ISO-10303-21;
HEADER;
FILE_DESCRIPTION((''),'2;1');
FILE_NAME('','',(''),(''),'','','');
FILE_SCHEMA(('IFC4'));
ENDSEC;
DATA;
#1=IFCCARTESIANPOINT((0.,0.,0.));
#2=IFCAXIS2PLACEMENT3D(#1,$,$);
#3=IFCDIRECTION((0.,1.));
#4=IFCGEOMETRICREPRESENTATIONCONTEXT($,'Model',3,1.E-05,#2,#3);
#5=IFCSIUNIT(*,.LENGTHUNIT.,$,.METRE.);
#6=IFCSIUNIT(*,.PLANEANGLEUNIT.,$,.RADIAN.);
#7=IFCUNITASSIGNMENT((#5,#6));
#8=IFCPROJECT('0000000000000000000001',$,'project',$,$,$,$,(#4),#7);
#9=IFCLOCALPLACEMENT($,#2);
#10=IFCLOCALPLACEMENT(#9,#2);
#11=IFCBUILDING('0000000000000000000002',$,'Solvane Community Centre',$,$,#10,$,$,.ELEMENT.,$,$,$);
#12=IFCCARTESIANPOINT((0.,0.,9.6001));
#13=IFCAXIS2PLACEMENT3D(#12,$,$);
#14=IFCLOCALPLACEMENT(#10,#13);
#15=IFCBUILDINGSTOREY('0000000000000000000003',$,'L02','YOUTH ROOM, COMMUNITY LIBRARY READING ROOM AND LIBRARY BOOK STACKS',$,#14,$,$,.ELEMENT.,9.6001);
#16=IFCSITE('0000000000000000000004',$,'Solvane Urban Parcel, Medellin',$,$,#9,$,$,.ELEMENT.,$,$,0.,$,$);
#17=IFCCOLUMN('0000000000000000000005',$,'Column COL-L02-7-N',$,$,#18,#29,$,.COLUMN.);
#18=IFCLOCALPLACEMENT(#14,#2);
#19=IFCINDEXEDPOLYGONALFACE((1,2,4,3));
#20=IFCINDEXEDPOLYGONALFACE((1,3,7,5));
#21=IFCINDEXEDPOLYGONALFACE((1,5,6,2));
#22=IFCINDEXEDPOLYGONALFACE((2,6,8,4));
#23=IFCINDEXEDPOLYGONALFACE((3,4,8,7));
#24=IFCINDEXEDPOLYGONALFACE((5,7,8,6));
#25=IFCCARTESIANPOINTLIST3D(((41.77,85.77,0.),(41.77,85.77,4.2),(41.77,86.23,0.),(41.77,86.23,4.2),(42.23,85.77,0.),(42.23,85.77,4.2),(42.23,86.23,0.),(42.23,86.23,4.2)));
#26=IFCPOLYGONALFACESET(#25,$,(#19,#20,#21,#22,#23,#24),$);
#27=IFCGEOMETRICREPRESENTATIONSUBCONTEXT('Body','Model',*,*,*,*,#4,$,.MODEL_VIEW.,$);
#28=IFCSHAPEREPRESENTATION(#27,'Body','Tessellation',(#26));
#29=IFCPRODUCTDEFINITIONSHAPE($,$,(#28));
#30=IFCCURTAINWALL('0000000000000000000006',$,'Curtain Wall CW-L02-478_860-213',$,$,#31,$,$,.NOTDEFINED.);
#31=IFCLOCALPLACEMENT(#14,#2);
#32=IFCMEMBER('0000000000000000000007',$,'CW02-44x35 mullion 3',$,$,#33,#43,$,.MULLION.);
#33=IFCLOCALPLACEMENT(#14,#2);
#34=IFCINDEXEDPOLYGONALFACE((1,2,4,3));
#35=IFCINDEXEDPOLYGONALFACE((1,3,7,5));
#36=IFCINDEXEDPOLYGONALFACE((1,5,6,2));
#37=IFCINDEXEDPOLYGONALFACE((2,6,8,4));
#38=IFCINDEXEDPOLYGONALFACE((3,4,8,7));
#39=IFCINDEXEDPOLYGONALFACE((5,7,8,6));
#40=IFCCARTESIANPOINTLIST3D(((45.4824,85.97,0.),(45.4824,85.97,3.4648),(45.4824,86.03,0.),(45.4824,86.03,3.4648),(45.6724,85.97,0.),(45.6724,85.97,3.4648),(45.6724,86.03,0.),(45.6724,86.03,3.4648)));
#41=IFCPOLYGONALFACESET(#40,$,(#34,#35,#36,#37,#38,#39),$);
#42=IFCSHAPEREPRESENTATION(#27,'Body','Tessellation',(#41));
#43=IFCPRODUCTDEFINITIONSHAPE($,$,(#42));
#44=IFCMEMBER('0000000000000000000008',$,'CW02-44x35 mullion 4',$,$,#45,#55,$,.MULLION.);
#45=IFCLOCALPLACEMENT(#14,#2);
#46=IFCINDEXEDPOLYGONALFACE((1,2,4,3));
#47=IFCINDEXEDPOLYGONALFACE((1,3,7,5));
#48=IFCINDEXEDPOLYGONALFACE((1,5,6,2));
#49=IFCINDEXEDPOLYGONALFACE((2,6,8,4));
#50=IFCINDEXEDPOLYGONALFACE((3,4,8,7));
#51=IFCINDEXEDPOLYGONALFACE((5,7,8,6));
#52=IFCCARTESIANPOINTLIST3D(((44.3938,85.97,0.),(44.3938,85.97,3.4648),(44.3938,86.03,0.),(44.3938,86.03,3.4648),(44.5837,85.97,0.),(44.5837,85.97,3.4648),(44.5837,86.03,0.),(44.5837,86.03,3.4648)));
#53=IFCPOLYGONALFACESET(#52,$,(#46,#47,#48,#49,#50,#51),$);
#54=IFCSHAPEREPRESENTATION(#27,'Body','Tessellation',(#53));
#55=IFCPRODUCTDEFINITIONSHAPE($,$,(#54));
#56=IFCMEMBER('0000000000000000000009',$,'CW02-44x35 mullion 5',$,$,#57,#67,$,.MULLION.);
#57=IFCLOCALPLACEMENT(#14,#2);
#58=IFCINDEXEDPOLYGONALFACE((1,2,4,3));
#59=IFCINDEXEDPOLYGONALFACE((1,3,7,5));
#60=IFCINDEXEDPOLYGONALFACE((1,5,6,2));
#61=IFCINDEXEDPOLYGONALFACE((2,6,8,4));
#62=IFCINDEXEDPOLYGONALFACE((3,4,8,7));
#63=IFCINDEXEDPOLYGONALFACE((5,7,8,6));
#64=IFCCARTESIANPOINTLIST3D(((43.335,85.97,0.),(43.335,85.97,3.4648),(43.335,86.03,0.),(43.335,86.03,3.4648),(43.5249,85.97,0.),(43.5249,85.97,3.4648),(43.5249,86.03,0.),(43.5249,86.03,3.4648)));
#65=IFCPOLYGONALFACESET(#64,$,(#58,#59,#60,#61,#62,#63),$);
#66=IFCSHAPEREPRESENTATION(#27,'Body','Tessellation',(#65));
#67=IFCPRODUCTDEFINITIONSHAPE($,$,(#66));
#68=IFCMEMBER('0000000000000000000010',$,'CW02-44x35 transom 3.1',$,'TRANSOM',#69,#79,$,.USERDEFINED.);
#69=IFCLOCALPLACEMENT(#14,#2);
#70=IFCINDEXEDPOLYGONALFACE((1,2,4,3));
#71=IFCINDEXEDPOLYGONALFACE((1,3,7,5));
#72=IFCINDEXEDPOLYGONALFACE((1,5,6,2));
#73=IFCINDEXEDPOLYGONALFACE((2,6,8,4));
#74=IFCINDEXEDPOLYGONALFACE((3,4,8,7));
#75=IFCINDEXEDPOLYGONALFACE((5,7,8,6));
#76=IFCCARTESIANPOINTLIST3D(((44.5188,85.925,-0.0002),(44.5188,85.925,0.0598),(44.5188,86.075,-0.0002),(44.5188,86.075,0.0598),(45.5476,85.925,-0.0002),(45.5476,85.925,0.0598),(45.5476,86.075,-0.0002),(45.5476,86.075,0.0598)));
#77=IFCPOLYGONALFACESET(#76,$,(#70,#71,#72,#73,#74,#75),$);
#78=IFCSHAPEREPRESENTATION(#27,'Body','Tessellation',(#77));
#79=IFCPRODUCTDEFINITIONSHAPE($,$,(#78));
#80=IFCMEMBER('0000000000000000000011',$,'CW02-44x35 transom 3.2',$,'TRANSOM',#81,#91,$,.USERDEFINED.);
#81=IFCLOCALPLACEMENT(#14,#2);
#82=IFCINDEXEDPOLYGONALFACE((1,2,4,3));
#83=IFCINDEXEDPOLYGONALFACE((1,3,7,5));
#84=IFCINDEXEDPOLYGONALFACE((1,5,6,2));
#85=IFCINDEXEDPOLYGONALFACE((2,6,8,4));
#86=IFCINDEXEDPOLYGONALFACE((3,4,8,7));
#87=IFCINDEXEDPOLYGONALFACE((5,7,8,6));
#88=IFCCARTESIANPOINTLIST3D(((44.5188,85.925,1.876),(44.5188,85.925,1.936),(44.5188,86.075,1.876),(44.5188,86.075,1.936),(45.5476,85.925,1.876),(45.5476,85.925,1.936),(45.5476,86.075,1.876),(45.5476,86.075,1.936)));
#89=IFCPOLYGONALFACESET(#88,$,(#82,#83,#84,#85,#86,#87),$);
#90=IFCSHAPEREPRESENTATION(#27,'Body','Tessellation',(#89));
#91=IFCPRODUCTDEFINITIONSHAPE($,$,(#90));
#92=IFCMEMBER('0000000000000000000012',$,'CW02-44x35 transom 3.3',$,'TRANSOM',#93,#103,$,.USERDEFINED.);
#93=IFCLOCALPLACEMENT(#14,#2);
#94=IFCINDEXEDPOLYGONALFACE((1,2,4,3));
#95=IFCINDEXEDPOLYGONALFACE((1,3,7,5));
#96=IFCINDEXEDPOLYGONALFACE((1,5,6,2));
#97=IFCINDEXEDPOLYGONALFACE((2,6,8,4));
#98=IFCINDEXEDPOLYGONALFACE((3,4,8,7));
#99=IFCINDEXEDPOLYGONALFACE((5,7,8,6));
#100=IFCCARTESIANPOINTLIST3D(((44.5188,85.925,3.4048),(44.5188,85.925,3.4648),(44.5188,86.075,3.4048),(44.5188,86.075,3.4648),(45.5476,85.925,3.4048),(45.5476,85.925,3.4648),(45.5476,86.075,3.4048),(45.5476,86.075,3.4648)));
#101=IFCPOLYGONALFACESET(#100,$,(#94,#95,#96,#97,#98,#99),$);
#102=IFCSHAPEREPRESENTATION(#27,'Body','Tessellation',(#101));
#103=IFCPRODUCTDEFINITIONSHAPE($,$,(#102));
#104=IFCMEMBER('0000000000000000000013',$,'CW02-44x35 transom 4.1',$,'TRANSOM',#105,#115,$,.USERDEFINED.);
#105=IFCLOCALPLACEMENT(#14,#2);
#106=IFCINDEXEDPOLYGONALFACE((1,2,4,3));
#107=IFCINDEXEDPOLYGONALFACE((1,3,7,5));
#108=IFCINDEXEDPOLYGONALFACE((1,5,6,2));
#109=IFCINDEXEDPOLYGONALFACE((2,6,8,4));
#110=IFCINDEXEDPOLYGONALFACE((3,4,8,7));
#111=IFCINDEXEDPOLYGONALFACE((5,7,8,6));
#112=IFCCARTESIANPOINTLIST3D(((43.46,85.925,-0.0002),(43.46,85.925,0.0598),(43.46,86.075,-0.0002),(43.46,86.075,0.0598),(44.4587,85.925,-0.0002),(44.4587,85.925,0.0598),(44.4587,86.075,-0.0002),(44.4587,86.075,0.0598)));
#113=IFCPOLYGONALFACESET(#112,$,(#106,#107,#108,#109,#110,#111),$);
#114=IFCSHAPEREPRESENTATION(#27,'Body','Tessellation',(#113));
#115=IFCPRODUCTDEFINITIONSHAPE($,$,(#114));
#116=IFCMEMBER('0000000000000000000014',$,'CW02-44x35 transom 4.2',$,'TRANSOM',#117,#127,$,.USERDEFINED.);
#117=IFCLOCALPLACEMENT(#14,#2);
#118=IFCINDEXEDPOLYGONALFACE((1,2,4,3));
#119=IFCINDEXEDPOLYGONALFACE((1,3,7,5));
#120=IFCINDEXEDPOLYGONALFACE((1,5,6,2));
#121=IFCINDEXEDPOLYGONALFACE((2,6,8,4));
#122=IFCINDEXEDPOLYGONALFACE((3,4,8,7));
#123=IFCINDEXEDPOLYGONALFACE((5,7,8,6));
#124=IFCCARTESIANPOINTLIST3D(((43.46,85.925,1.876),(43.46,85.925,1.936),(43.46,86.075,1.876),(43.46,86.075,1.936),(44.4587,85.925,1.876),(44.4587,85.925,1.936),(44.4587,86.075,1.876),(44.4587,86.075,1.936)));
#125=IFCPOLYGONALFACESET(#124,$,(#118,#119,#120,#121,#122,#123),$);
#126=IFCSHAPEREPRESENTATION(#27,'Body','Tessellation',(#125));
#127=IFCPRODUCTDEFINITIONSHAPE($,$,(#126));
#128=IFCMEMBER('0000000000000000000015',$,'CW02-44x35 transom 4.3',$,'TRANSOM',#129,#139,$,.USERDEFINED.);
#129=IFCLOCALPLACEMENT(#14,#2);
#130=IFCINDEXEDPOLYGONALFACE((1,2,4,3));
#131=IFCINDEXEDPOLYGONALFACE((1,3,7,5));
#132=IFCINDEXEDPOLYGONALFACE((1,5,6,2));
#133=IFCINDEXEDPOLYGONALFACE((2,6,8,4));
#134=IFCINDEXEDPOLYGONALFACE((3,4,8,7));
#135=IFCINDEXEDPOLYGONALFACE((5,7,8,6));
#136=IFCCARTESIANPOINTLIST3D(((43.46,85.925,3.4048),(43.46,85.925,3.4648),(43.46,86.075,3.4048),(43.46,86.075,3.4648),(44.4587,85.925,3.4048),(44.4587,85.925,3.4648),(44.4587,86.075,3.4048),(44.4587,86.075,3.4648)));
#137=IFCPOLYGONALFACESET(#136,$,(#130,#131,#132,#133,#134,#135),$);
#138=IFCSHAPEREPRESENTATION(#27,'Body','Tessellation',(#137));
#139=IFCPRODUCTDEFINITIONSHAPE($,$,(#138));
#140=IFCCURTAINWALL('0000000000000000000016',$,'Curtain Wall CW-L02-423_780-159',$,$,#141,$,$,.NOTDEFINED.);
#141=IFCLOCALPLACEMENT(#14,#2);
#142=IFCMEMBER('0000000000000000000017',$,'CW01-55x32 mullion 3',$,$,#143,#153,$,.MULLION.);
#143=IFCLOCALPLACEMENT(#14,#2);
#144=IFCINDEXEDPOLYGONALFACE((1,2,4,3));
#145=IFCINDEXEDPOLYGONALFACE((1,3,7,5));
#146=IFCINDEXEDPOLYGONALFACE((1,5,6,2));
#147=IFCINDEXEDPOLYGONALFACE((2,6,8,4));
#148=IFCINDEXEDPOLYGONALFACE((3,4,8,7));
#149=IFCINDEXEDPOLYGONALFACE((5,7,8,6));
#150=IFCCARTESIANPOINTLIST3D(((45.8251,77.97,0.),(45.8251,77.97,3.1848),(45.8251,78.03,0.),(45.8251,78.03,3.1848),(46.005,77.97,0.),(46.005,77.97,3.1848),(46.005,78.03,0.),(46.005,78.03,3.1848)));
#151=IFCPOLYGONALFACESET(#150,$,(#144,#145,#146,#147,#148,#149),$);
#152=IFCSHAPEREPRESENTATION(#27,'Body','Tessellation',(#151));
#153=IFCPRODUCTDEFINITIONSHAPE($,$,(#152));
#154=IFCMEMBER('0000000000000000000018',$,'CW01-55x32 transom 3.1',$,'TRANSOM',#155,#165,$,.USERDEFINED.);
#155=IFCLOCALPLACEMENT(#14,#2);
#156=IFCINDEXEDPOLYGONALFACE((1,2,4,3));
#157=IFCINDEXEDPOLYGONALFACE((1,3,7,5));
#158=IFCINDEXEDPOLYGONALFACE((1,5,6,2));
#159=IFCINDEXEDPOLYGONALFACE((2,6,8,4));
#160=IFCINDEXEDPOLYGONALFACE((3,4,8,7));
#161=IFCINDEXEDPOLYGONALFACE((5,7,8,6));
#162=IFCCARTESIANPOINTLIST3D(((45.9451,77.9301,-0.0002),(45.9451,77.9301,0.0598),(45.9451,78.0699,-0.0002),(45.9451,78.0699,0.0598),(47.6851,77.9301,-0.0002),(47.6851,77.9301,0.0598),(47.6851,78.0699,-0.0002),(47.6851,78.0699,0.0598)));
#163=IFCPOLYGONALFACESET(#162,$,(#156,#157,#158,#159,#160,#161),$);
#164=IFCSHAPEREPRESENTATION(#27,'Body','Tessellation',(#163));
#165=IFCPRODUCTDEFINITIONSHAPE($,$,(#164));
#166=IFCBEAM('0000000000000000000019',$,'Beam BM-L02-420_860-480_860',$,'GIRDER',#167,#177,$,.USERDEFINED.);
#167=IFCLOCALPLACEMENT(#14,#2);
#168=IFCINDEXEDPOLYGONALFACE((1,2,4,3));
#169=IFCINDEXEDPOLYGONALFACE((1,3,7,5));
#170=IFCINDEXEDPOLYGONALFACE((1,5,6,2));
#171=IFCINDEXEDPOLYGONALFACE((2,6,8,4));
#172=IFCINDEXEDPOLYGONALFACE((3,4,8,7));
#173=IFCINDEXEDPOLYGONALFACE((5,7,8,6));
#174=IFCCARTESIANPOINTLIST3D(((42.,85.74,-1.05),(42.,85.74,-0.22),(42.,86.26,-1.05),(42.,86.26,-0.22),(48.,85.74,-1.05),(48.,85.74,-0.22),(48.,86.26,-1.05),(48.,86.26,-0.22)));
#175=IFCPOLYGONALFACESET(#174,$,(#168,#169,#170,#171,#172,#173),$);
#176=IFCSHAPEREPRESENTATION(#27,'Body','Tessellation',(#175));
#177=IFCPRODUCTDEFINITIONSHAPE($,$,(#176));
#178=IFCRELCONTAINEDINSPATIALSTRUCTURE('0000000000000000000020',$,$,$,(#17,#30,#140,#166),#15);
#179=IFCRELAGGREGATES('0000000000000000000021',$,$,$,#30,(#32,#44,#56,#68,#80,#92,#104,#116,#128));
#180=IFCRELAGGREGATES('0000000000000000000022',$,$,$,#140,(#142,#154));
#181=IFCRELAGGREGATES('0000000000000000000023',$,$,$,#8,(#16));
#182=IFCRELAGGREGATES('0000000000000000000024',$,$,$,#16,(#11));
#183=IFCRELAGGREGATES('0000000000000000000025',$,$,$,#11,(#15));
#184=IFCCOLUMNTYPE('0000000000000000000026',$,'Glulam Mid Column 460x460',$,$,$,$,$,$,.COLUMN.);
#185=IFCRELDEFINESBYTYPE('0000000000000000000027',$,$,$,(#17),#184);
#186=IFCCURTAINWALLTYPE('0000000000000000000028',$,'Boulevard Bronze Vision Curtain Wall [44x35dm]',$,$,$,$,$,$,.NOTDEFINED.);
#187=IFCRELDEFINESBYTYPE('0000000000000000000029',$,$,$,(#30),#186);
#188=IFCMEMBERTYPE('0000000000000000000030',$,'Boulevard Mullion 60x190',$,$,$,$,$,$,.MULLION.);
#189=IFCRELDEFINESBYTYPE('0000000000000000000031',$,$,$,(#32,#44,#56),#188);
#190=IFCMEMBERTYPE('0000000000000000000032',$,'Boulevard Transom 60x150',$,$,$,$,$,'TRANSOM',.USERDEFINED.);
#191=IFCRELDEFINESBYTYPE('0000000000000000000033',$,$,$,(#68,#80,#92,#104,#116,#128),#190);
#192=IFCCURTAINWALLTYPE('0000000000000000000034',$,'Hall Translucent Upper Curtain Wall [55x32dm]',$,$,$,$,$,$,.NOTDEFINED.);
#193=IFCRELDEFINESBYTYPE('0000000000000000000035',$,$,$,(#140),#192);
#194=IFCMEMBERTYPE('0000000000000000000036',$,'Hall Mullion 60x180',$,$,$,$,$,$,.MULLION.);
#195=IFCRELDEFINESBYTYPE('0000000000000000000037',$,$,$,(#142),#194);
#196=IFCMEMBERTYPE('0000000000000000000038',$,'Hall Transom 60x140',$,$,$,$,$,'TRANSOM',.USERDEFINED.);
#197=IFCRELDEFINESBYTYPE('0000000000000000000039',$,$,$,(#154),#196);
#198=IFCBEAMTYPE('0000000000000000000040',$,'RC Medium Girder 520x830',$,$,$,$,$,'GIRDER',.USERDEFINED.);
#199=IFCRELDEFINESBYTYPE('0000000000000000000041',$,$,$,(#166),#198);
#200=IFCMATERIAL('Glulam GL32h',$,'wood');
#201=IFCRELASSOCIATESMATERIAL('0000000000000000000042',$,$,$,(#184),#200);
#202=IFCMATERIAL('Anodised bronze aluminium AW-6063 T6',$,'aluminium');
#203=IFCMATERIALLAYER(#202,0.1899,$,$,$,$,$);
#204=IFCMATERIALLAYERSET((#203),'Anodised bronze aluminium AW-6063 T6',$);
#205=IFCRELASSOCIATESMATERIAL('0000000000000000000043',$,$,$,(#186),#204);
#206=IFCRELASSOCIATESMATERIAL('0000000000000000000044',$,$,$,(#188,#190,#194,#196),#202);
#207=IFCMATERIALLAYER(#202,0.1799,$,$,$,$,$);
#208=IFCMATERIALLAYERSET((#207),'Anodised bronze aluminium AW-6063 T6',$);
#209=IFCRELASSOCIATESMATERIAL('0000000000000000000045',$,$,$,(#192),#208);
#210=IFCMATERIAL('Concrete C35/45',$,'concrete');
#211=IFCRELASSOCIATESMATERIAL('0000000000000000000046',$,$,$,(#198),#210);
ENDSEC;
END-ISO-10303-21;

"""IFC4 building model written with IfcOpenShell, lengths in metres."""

from ifc_helpers import new_model, si_unit, direction, frame, origin, origin_2d, place, context, subcontext, project, spatial, rectangle, extrude, material, layer, layer_set, material_profile, profile_set, type_object, element, aggregate, save


model = new_model("IFC4")

# Units and contexts
model_context = context("Model", 3, precision=1e-05, world=origin(), true_north=direction((0.0, 1.0)))
body_context = subcontext(model_context, "Body", "Model", "MODEL_VIEW")
ifc_project = project(units=[si_unit("LENGTHUNIT", "METRE"), si_unit("PLANEANGLEUNIT", "RADIAN")], contexts=[model_context])

# Site, building, storey
site_placement = place(None, origin())
site = spatial("IfcSite", under=ifc_project, at=site_placement, Name="Solvane Urban Parcel, Medellin", CompositionType="ELEMENT", RefElevation=0.0)
building_placement = place(site_placement, origin())
building = spatial("IfcBuilding", under=site, at=building_placement, Name="Solvane Community Centre", CompositionType="ELEMENT")
storey_placement = place(building_placement, frame((0.0, 0.0, 9.6001)))
storey = spatial("IfcBuildingStorey", under=building, at=storey_placement, Name="L02", Description="YOUTH ROOM, COMMUNITY LIBRARY READING ROOM AND LIBRARY BOOK STACKS", CompositionType="ELEMENT", Elevation=9.6001)

# Column
ifc_material_1 = material(Name="Glulam GL32h", Category="wood")
ifc_material_profile_1 = material_profile(ifc_material_1, rectangle(XDim=0.46, YDim=0.46, at=origin_2d()), Name="GL32h 460x460")
ifc_profile_set_1 = profile_set([ifc_material_profile_1], Name="Glulam GL32h")
column_type = type_object("IfcColumnType", Name="Glulam Mid Column 460x460", PredefinedType="COLUMN", material=ifc_profile_set_1)
column_placement = place(storey_placement, frame((42.0, 86.0, 0.0), z_axis=(0.0, 0.0, 1.0), x_axis=(1.0, 0.0, 0.0)))
element("IfcColumn", 1, at=column_placement, inside=storey, type_object=column_type, Name="Column COL-L02-7-N", PredefinedType="COLUMN", context=body_context, shape_type="SweptSolid", body=[
    extrude(rectangle(XDim=0.46, YDim=0.46, at=origin_2d()), origin(), (0.0, 0.0, 1.0), 4.2),
])

# Curtain walls, members
ifc_material_2 = material(Name="Anodised bronze aluminium AW-6063 T6", Category="aluminium")
ifc_layer_1 = layer(ifc_material_2, 0.1899)
ifc_layer_set_1 = layer_set([ifc_layer_1], Name="Anodised bronze aluminium AW-6063 T6")
curtain_wall_type_1 = type_object("IfcCurtainWallType", Name="Boulevard Bronze Vision Curtain Wall [44x35dm]", PredefinedType="NOTDEFINED", material=ifc_layer_set_1)
curtain_wall_1_placement = place(storey_placement, origin())
curtain_wall_1 = element("IfcCurtainWall", 2, at=curtain_wall_1_placement, inside=storey, type_object=curtain_wall_type_1, Name="Curtain Wall CW-L02-478_860-213", PredefinedType="NOTDEFINED")
ifc_material_profile_2 = material_profile(ifc_material_2, rectangle(XDim=0.0601, YDim=0.1899, at=origin_2d()), Name="CW-M 60x190")
ifc_profile_set_2 = profile_set([ifc_material_profile_2], Name="Anodised bronze aluminium AW-6063 T6")
member_type_1 = type_object("IfcMemberType", Name="Boulevard Mullion 60x190", PredefinedType="MULLION", material=ifc_profile_set_2)
member_1_placement = place(storey_placement, frame((45.5774, 86.0, 0.0), z_axis=(0.0, 0.0, 1.0), x_axis=(0.0, -1.0, 0.0)))
member_1 = element("IfcMember", 3, at=member_1_placement, type_object=member_type_1, Name="CW02-44x35 mullion 3", PredefinedType="MULLION", context=body_context, shape_type="SweptSolid", body=[
    extrude(rectangle(XDim=0.0601, YDim=0.1899, at=origin_2d()), origin(), (0.0, 0.0, 1.0), 3.4648),
])
member_2_placement = place(storey_placement, frame((44.4888, 86.0, 0.0), z_axis=(0.0, 0.0, 1.0), x_axis=(0.0, -1.0, 0.0)))
member_2 = element("IfcMember", 4, at=member_2_placement, type_object=member_type_1, Name="CW02-44x35 mullion 4", PredefinedType="MULLION", context=body_context, shape_type="SweptSolid", body=[
    extrude(rectangle(XDim=0.0601, YDim=0.1899, at=origin_2d()), origin(), (0.0, 0.0, 1.0), 3.4648),
])
member_3_placement = place(storey_placement, frame((43.4299, 86.0, 0.0), z_axis=(0.0, 0.0, 1.0), x_axis=(0.0, -1.0, 0.0)))
member_3 = element("IfcMember", 5, at=member_3_placement, type_object=member_type_1, Name="CW02-44x35 mullion 5", PredefinedType="MULLION", context=body_context, shape_type="SweptSolid", body=[
    extrude(rectangle(XDim=0.0601, YDim=0.1899, at=origin_2d()), origin(), (0.0, 0.0, 1.0), 3.4648),
])
ifc_material_profile_3 = material_profile(ifc_material_2, rectangle(XDim=0.1499, YDim=0.0601, at=origin_2d()), Name="CW-T 60x150")
ifc_profile_set_3 = profile_set([ifc_material_profile_3], Name="Anodised bronze aluminium AW-6063 T6")
member_type_2 = type_object("IfcMemberType", Name="Boulevard Transom 60x150", ElementType="TRANSOM", PredefinedType="USERDEFINED", material=ifc_profile_set_3)
member_4_placement = place(storey_placement, frame((45.5476, 86.0, 0.0298), z_axis=(-1.0, 0.0, 0.0), x_axis=(0.0, -1.0, 0.0)))
member_4 = element("IfcMember", 6, at=member_4_placement, type_object=member_type_2, Name="CW02-44x35 transom 3.1", ObjectType="TRANSOM", PredefinedType="USERDEFINED", context=body_context, shape_type="SweptSolid", body=[
    extrude(rectangle(XDim=0.1499, YDim=0.0601, at=origin_2d()), origin(), (0.0, 0.0, 1.0), 1.0288),
])
member_5_placement = place(storey_placement, frame((45.5476, 86.0, 1.906), z_axis=(-1.0, 0.0, 0.0), x_axis=(0.0, -1.0, 0.0)))
member_5 = element("IfcMember", 7, at=member_5_placement, type_object=member_type_2, Name="CW02-44x35 transom 3.2", ObjectType="TRANSOM", PredefinedType="USERDEFINED", context=body_context, shape_type="SweptSolid", body=[
    extrude(rectangle(XDim=0.1499, YDim=0.0601, at=origin_2d()), origin(), (0.0, 0.0, 1.0), 1.0288),
])
member_6_placement = place(storey_placement, frame((45.5476, 86.0, 3.4348), z_axis=(-1.0, 0.0, 0.0), x_axis=(0.0, -1.0, 0.0)))
member_6 = element("IfcMember", 8, at=member_6_placement, type_object=member_type_2, Name="CW02-44x35 transom 3.3", ObjectType="TRANSOM", PredefinedType="USERDEFINED", context=body_context, shape_type="SweptSolid", body=[
    extrude(rectangle(XDim=0.1499, YDim=0.0601, at=origin_2d()), origin(), (0.0, 0.0, 1.0), 1.0288),
])
member_7_placement = place(storey_placement, frame((44.4587, 86.0, 0.0298), z_axis=(-1.0, 0.0, 0.0), x_axis=(0.0, -1.0, 0.0)))
member_7 = element("IfcMember", 9, at=member_7_placement, type_object=member_type_2, Name="CW02-44x35 transom 4.1", ObjectType="TRANSOM", PredefinedType="USERDEFINED", context=body_context, shape_type="SweptSolid", body=[
    extrude(rectangle(XDim=0.1499, YDim=0.0601, at=origin_2d()), origin(), (0.0, 0.0, 1.0), 0.9988),
])
member_8_placement = place(storey_placement, frame((44.4587, 86.0, 1.906), z_axis=(-1.0, 0.0, 0.0), x_axis=(0.0, -1.0, 0.0)))
member_8 = element("IfcMember", 10, at=member_8_placement, type_object=member_type_2, Name="CW02-44x35 transom 4.2", ObjectType="TRANSOM", PredefinedType="USERDEFINED", context=body_context, shape_type="SweptSolid", body=[
    extrude(rectangle(XDim=0.1499, YDim=0.0601, at=origin_2d()), origin(), (0.0, 0.0, 1.0), 0.9988),
])
member_9_placement = place(storey_placement, frame((44.4587, 86.0, 3.4348), z_axis=(-1.0, 0.0, 0.0), x_axis=(0.0, -1.0, 0.0)))
member_9 = element("IfcMember", 11, at=member_9_placement, type_object=member_type_2, Name="CW02-44x35 transom 4.3", ObjectType="TRANSOM", PredefinedType="USERDEFINED", context=body_context, shape_type="SweptSolid", body=[
    extrude(rectangle(XDim=0.1499, YDim=0.0601, at=origin_2d()), origin(), (0.0, 0.0, 1.0), 0.9988),
])
ifc_layer_2 = layer(ifc_material_2, 0.1799)
ifc_layer_set_2 = layer_set([ifc_layer_2], Name="Anodised bronze aluminium AW-6063 T6")
curtain_wall_type_2 = type_object("IfcCurtainWallType", Name="Hall Translucent Upper Curtain Wall [55x32dm]", PredefinedType="NOTDEFINED", material=ifc_layer_set_2)
curtain_wall_2_placement = place(storey_placement, origin())
curtain_wall_2 = element("IfcCurtainWall", 12, at=curtain_wall_2_placement, inside=storey, type_object=curtain_wall_type_2, Name="Curtain Wall CW-L02-423_780-159", PredefinedType="NOTDEFINED")
ifc_material_profile_4 = material_profile(ifc_material_2, rectangle(XDim=0.0601, YDim=0.1799, at=origin_2d()), Name="CW-M 60x180")
ifc_profile_set_4 = profile_set([ifc_material_profile_4], Name="Anodised bronze aluminium AW-6063 T6")
member_type_3 = type_object("IfcMemberType", Name="Hall Mullion 60x180", PredefinedType="MULLION", material=ifc_profile_set_4)
member_10_placement = place(storey_placement, frame((45.915, 78.0, 0.0), z_axis=(0.0, 0.0, 1.0), x_axis=(0.0, 1.0, 0.0)))
member_10 = element("IfcMember", 13, at=member_10_placement, type_object=member_type_3, Name="CW01-55x32 mullion 3", PredefinedType="MULLION", context=body_context, shape_type="SweptSolid", body=[
    extrude(rectangle(XDim=0.0601, YDim=0.1799, at=origin_2d()), origin(), (0.0, 0.0, 1.0), 3.1848),
])
ifc_material_profile_5 = material_profile(ifc_material_2, rectangle(XDim=0.1399, YDim=0.0601, at=origin_2d()), Name="CW-T 60x140")
ifc_profile_set_5 = profile_set([ifc_material_profile_5], Name="Anodised bronze aluminium AW-6063 T6")
member_type_4 = type_object("IfcMemberType", Name="Hall Transom 60x140", ElementType="TRANSOM", PredefinedType="USERDEFINED", material=ifc_profile_set_5)
member_11_placement = place(storey_placement, frame((45.9451, 78.0, 0.0298), z_axis=(1.0, 0.0, 0.0), x_axis=(0.0, 1.0, 0.0)))
member_11 = element("IfcMember", 14, at=member_11_placement, type_object=member_type_4, Name="CW01-55x32 transom 3.1", ObjectType="TRANSOM", PredefinedType="USERDEFINED", context=body_context, shape_type="SweptSolid", body=[
    extrude(rectangle(XDim=0.1399, YDim=0.0601, at=origin_2d()), origin(), (0.0, 0.0, 1.0), 1.74),
])

# Beam
ifc_material_3 = material(Name="Concrete C35/45", Category="concrete")
ifc_material_profile_6 = material_profile(ifc_material_3, rectangle(XDim=0.52, YDim=0.8301, at=origin_2d()), Name="RC 520x830")
ifc_profile_set_6 = profile_set([ifc_material_profile_6], Name="Concrete C35/45")
beam_type = type_object("IfcBeamType", Name="RC Medium Girder 520x830", ElementType="GIRDER", PredefinedType="USERDEFINED", material=ifc_profile_set_6)
beam_placement = place(storey_placement, frame((42.0, 86.0, -0.635), z_axis=(1.0, 0.0, 0.0), x_axis=(0.0, 1.0, 0.0)))
element("IfcBeam", 15, at=beam_placement, inside=storey, type_object=beam_type, Name="Beam BM-L02-420_860-480_860", ObjectType="GIRDER", PredefinedType="USERDEFINED", context=body_context, shape_type="SweptSolid", body=[
    extrude(rectangle(XDim=0.52, YDim=0.8301, at=origin_2d()), origin(), (0.0, 0.0, 1.0), 6.0),
])

aggregate(curtain_wall_1, [member_1, member_2, member_3, member_4, member_5, member_6, member_7, member_8, member_9])
aggregate(curtain_wall_2, [member_10, member_11])

save(model, "model.ifc")
